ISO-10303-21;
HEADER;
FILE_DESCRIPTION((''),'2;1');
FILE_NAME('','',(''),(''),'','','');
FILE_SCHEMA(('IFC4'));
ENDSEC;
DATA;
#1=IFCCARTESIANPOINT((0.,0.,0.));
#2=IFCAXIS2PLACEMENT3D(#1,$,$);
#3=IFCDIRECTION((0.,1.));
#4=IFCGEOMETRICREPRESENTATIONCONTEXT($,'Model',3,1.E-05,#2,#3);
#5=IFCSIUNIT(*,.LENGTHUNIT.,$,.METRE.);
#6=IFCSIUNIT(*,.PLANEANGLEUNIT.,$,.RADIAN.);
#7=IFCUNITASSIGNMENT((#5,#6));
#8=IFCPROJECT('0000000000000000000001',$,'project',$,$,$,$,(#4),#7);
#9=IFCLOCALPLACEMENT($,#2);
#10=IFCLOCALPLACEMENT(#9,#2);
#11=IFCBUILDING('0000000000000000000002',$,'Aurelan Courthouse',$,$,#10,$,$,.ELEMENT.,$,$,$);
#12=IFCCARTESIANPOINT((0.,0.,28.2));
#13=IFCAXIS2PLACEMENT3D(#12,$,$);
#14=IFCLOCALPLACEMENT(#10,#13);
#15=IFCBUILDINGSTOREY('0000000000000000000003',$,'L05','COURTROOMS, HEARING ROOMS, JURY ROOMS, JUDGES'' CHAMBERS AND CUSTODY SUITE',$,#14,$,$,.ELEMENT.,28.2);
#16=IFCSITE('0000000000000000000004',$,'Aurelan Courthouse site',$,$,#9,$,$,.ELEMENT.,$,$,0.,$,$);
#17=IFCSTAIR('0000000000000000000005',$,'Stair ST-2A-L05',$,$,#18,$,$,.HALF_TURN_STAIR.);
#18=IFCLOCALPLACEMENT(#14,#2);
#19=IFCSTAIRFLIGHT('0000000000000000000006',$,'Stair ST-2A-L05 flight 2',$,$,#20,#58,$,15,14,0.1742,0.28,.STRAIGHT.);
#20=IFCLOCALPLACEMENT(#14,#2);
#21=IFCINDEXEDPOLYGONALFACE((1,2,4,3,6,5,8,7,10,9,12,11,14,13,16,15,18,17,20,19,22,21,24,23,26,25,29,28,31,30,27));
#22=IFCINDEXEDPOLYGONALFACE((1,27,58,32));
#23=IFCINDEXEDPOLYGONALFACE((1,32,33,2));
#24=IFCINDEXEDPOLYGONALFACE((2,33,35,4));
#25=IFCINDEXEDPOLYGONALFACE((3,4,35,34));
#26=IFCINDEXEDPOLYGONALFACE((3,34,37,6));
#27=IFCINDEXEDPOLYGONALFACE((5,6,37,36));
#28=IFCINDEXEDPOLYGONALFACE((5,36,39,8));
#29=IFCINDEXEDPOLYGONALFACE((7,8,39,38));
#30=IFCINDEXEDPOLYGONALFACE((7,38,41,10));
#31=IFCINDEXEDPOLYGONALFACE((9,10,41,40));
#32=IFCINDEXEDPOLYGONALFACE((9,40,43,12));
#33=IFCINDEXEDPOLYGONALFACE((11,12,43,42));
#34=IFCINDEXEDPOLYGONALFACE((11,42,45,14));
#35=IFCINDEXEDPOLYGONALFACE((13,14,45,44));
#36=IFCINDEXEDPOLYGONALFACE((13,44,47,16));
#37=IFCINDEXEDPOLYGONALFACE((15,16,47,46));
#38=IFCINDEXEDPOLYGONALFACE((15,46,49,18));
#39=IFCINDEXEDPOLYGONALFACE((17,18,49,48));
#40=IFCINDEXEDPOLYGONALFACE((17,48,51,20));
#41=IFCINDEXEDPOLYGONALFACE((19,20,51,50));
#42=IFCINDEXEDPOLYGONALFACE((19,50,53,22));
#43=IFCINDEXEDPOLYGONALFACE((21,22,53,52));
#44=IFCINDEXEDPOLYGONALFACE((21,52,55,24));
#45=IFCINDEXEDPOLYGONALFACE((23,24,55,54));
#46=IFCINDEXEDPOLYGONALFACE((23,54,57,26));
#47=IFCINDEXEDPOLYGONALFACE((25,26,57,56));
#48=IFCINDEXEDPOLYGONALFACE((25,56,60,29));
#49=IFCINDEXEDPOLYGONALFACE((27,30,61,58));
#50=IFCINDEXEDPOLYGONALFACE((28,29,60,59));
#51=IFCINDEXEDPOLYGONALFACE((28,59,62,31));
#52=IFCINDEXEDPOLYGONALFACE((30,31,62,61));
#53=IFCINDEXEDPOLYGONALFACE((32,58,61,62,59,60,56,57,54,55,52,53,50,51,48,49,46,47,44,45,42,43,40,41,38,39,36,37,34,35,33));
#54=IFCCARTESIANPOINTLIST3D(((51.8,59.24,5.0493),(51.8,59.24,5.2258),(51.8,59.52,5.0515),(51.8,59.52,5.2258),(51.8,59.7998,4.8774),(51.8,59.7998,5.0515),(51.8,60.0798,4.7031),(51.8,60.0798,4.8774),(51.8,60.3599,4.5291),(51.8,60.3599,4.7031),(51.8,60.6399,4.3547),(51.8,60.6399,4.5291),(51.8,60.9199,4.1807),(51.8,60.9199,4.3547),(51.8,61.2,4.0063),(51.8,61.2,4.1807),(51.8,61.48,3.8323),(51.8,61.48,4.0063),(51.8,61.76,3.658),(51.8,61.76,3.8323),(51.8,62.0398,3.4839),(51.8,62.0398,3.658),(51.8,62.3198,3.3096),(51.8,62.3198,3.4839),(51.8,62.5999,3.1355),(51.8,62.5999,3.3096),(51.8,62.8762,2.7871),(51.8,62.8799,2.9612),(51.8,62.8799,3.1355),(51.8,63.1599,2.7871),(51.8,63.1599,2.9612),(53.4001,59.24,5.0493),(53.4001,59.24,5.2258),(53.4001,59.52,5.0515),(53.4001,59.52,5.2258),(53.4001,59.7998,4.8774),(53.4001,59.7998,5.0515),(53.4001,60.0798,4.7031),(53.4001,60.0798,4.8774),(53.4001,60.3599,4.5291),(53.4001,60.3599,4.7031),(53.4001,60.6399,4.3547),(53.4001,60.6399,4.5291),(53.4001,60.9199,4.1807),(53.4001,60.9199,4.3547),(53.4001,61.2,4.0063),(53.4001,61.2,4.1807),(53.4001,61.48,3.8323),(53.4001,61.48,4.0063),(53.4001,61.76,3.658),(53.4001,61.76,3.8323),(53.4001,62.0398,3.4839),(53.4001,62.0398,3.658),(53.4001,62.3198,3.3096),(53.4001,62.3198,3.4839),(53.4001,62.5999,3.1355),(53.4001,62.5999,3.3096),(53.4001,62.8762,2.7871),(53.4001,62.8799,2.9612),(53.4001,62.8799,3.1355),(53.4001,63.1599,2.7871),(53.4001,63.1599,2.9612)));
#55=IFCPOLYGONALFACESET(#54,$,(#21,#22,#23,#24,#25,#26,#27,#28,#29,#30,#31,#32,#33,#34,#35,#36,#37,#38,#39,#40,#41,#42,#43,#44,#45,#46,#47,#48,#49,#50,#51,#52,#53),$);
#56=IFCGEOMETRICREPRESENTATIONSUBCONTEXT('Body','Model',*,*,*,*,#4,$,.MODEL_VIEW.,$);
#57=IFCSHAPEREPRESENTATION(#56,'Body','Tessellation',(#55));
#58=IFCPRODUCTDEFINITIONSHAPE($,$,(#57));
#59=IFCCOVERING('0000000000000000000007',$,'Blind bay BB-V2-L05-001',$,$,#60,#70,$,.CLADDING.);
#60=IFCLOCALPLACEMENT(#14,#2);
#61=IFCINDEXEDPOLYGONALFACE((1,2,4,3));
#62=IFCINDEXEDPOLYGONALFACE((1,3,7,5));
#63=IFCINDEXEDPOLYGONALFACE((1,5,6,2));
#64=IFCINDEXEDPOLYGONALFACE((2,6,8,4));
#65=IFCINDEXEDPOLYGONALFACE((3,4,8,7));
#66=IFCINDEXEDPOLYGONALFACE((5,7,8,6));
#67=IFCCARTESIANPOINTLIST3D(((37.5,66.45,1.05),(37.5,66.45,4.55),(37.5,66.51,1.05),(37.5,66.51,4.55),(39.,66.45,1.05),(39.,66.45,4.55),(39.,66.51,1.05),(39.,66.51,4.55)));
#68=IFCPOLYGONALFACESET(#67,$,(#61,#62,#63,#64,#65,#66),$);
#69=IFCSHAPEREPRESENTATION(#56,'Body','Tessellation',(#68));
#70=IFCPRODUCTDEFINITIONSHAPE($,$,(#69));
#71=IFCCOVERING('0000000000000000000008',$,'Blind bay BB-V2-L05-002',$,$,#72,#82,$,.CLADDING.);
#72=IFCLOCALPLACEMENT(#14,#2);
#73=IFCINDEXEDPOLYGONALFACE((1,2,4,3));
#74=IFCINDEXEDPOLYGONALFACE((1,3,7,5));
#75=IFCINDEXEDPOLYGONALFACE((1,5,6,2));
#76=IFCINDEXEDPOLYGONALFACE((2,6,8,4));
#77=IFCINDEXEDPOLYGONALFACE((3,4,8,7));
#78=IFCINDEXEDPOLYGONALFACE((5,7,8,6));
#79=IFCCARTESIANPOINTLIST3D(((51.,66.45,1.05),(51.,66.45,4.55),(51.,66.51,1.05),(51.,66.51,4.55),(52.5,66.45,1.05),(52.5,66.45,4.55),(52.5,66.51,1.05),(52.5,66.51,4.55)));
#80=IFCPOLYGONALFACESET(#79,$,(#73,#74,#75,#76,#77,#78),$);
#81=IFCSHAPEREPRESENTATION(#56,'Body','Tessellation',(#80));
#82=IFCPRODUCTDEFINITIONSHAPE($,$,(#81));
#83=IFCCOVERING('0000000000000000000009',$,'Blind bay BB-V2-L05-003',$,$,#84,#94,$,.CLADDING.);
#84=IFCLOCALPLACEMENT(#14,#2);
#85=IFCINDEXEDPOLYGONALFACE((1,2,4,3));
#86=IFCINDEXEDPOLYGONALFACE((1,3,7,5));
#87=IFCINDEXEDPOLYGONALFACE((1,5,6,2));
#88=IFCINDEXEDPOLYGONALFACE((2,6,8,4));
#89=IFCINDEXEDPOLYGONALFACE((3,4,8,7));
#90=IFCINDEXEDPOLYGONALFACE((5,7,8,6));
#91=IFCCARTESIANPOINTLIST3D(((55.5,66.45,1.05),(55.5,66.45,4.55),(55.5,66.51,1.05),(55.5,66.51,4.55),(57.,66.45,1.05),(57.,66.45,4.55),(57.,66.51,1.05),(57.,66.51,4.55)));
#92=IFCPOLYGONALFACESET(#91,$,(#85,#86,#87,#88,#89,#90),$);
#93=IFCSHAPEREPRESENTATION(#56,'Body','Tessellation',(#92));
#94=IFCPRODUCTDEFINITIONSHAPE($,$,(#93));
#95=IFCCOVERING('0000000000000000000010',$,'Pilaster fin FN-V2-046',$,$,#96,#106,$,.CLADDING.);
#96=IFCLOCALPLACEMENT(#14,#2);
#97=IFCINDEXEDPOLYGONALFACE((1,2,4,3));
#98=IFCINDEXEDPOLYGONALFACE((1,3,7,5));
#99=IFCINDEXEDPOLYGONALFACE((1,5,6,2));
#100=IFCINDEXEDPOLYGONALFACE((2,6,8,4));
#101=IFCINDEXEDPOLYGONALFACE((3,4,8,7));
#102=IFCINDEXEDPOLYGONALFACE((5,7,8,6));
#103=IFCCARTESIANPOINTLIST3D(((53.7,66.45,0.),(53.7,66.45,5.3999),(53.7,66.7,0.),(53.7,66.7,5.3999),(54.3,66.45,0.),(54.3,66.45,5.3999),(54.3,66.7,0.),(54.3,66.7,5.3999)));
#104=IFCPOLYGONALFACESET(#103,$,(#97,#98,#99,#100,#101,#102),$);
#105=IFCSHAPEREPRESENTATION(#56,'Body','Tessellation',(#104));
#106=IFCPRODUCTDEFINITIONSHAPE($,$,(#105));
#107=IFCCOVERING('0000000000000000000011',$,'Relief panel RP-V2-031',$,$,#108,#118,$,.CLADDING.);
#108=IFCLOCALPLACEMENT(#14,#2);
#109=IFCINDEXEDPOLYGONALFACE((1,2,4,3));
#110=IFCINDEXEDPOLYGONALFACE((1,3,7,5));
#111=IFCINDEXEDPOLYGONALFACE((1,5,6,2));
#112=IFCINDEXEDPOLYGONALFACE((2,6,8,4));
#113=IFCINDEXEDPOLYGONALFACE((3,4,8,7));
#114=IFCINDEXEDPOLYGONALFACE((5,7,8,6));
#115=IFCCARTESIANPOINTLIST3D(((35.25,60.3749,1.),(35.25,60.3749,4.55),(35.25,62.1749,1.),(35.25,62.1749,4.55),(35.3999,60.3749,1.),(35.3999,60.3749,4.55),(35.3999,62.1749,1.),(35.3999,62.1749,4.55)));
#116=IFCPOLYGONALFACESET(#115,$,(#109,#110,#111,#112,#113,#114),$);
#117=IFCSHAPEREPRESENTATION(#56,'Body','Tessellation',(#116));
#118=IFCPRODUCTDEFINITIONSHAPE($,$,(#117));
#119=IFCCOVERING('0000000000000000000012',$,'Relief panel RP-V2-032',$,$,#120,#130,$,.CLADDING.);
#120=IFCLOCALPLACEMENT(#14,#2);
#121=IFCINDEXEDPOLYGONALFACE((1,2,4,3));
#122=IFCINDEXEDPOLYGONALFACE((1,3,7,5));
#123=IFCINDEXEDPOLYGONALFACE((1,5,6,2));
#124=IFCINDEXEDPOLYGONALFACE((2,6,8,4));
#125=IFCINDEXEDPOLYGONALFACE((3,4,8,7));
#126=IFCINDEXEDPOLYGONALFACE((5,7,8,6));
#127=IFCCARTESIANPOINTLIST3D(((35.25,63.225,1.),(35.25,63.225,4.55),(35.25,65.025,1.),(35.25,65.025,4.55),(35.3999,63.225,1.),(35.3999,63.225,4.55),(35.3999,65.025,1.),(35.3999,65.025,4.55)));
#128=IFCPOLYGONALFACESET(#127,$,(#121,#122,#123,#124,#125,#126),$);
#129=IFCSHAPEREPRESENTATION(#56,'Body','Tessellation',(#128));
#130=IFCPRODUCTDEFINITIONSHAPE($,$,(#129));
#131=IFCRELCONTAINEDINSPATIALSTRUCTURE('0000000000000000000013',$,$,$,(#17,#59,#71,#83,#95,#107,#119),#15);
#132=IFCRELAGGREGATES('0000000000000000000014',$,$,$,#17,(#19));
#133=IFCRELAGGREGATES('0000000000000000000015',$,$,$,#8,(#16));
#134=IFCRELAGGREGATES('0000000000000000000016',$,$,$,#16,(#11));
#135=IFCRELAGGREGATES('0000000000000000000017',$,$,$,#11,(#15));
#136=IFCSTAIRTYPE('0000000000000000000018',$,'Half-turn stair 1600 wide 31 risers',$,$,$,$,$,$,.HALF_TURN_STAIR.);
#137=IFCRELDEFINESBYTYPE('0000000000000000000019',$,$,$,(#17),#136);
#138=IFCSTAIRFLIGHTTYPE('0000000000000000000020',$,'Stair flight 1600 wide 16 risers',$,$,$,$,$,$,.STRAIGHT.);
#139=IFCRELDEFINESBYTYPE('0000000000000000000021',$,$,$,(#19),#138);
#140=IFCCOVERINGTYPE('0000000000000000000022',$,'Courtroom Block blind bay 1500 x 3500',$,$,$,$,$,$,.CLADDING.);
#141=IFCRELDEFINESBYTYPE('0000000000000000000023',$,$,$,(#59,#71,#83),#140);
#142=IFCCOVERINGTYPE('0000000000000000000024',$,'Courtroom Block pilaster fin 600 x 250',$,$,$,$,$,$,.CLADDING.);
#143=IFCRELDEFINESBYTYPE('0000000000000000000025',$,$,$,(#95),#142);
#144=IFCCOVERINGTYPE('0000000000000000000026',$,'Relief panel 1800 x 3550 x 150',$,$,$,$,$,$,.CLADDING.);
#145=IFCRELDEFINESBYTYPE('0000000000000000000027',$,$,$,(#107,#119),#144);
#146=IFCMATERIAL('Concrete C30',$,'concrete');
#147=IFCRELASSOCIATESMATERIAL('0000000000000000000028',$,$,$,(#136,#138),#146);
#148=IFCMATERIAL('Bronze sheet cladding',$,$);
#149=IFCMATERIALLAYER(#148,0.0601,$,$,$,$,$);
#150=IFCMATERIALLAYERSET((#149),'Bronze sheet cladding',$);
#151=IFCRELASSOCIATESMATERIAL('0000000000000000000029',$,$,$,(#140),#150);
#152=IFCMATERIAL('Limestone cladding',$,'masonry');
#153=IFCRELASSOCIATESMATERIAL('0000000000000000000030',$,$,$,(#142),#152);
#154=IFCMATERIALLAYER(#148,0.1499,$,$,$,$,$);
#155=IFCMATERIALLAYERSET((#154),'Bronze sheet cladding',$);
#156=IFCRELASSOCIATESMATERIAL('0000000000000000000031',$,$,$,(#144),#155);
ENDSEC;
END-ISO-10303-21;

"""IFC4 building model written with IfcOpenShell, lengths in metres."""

from ifc_helpers import new_model, si_unit, direction, frame, origin, origin_2d, place, context, subcontext, project, spatial, polyline, rectangle, outline, extrude, material, layer, layer_set, type_object, element, aggregate, save


model = new_model("IFC4")

# Units and contexts
model_context = context("Model", 3, precision=1e-05, world=origin(), true_north=direction((0.0, 1.0)))
body_context = subcontext(model_context, "Body", "Model", "MODEL_VIEW")
ifc_project = project(units=[si_unit("LENGTHUNIT", "METRE"), si_unit("PLANEANGLEUNIT", "RADIAN")], contexts=[model_context])

# Site, building, storey
site_placement = place(None, origin())
site = spatial("IfcSite", under=ifc_project, at=site_placement, Name="Aurelan Courthouse site", CompositionType="ELEMENT", RefElevation=0.0)
building_placement = place(site_placement, origin())
building = spatial("IfcBuilding", under=site, at=building_placement, Name="Aurelan Courthouse", CompositionType="ELEMENT")
storey_placement = place(building_placement, frame((0.0, 0.0, 28.2)))
storey = spatial("IfcBuildingStorey", under=building, at=storey_placement, Name="L05", Description="COURTROOMS, HEARING ROOMS, JURY ROOMS, JUDGES' CHAMBERS AND CUSTODY SUITE", CompositionType="ELEMENT", Elevation=28.2)

# Shared definitions
ifc_material_1 = material(Name="Limestone cladding", Category="masonry")
ifc_material_2 = material(Name="Concrete C30", Category="concrete")

# Stair, stair flight
stair_type_1 = type_object("IfcStairType", Name="Half-turn stair 1600 wide 31 risers", PredefinedType="HALF_TURN_STAIR", material=ifc_material_2)
stair_1_placement = place(storey_placement, origin())
stair_1 = element("IfcStair", 1, at=stair_1_placement, inside=storey, type_object=stair_type_1, Name="Stair ST-2A-L05", PredefinedType="HALF_TURN_STAIR")
stair_flight_type_1 = type_object("IfcStairFlightType", Name="Stair flight 1600 wide 16 risers", PredefinedType="STRAIGHT", material=ifc_material_2)
stair_flight_1_placement = place(storey_placement, frame((52.6001, 63.1599, 2.7871), z_axis=(0.0, 0.0, 1.0), x_axis=(0.0, -1.0, 0.0)))
stair_flight_1 = element("IfcStairFlight", 2, at=stair_flight_1_placement, type_object=stair_flight_type_1, Name="Stair ST-2A-L05 flight 2", NumberOfRisers=15, NumberOfTreads=14, PredefinedType="STRAIGHT", RiserHeight=0.1742, TreadLength=0.28, context=body_context, shape_type="SweptSolid", body=[
    extrude(outline(polyline([(0.0, 0.0), (0.0, 0.1741), (0.28, 0.1741), (0.28, 0.3484), (0.5601, 0.3484), (0.5601, 0.5225), (0.8401, 0.5225), (0.8401, 0.6968), (1.1201, 0.6968), (1.1201, 0.8708), (1.3999, 0.8708), (1.3999, 1.0452), (1.6799, 1.0452), (1.6799, 1.2192), (1.96, 1.2192), (1.96, 1.3936), (2.24, 1.3936), (2.24, 1.5676), (2.52, 1.5676), (2.52, 1.7419), (2.8, 1.7419), (2.8, 1.916), (3.0801, 1.916), (3.0801, 2.0903), (3.3601, 2.0903), (3.3601, 2.2644), (3.6399, 2.2644), (3.6399, 2.4387), (3.9199, 2.4387), (3.9199, 2.6128), (3.9199, 2.2622), (0.2837, 0.0), (0.0, 0.0)])), frame((0.0, 0.8, 0.0), z_axis=(0.0, -1.0, 0.0), x_axis=(1.0, 0.0, 0.0)), (0.0, 0.0, 1.0), 1.6001),
])
aggregate(stair_1, [stair_flight_1])

# Coverings
ifc_material_3 = material(Name="Bronze sheet cladding")
ifc_layer_1 = layer(ifc_material_3, 0.0601)
ifc_layer_set_1 = layer_set([ifc_layer_1], Name="Bronze sheet cladding")
covering_type_1 = type_object("IfcCoveringType", Name="Courtroom Block blind bay 1500 x 3500", PredefinedType="CLADDING", material=ifc_layer_set_1)
for number, where, z_axis, x_axis, name in (
    (3, (38.25, 66.48, 1.05), (0.0, 0.0, 1.0), (1.0, 0.0, 0.0), "Blind bay BB-V2-L05-001"),
    (4, (51.75, 66.48, 1.05), (0.0, 0.0, 1.0), (1.0, 0.0, 0.0), "Blind bay BB-V2-L05-002"),
    (5, (56.25, 66.48, 1.05), (0.0, 0.0, 1.0), (1.0, 0.0, 0.0), "Blind bay BB-V2-L05-003"),
):
    element("IfcCovering", number, at=place(storey_placement, frame(where, z_axis=z_axis, x_axis=x_axis)), inside=storey, type_object=covering_type_1, Name=name, PredefinedType="CLADDING", context=body_context, shape_type="SweptSolid", body=[
        extrude(rectangle(XDim=1.5, YDim=0.0601, at=origin_2d()), origin(), (0.0, 0.0, 1.0), 3.5),
    ])
covering_type_2 = type_object("IfcCoveringType", Name="Courtroom Block pilaster fin 600 x 250", PredefinedType="CLADDING", material=ifc_material_1)
covering_placement = place(storey_placement, frame((54.0, 66.575, 0.0), z_axis=(0.0, 0.0, 1.0), x_axis=(1.0, 0.0, 0.0)))
element("IfcCovering", 6, at=covering_placement, inside=storey, type_object=covering_type_2, Name="Pilaster fin FN-V2-046", PredefinedType="CLADDING", context=body_context, shape_type="SweptSolid", body=[
    extrude(rectangle(XDim=0.6001, YDim=0.25, at=origin_2d()), origin(), (0.0, 0.0, 1.0), 5.3999),
])
ifc_layer_2 = layer(ifc_material_3, 0.1499)
ifc_layer_set_2 = layer_set([ifc_layer_2], Name="Bronze sheet cladding")
covering_type_3 = type_object("IfcCoveringType", Name="Relief panel 1800 x 3550 x 150", PredefinedType="CLADDING", material=ifc_layer_set_2)
for number, where, z_axis, x_axis, name in (
    (7, (35.325, 61.2749, 1.0), (0.0, 0.0, 1.0), (1.0, 0.0, 0.0), "Relief panel RP-V2-031"),
    (8, (35.325, 64.125, 1.0), (0.0, 0.0, 1.0), (1.0, 0.0, 0.0), "Relief panel RP-V2-032"),
):
    element("IfcCovering", number, at=place(storey_placement, frame(where, z_axis=z_axis, x_axis=x_axis)), inside=storey, type_object=covering_type_3, Name=name, PredefinedType="CLADDING", context=body_context, shape_type="SweptSolid", body=[
        extrude(rectangle(XDim=0.1499, YDim=1.8, at=origin_2d()), origin(), (0.0, 0.0, 1.0), 3.55),
    ])

save(model, "model.ifc")
